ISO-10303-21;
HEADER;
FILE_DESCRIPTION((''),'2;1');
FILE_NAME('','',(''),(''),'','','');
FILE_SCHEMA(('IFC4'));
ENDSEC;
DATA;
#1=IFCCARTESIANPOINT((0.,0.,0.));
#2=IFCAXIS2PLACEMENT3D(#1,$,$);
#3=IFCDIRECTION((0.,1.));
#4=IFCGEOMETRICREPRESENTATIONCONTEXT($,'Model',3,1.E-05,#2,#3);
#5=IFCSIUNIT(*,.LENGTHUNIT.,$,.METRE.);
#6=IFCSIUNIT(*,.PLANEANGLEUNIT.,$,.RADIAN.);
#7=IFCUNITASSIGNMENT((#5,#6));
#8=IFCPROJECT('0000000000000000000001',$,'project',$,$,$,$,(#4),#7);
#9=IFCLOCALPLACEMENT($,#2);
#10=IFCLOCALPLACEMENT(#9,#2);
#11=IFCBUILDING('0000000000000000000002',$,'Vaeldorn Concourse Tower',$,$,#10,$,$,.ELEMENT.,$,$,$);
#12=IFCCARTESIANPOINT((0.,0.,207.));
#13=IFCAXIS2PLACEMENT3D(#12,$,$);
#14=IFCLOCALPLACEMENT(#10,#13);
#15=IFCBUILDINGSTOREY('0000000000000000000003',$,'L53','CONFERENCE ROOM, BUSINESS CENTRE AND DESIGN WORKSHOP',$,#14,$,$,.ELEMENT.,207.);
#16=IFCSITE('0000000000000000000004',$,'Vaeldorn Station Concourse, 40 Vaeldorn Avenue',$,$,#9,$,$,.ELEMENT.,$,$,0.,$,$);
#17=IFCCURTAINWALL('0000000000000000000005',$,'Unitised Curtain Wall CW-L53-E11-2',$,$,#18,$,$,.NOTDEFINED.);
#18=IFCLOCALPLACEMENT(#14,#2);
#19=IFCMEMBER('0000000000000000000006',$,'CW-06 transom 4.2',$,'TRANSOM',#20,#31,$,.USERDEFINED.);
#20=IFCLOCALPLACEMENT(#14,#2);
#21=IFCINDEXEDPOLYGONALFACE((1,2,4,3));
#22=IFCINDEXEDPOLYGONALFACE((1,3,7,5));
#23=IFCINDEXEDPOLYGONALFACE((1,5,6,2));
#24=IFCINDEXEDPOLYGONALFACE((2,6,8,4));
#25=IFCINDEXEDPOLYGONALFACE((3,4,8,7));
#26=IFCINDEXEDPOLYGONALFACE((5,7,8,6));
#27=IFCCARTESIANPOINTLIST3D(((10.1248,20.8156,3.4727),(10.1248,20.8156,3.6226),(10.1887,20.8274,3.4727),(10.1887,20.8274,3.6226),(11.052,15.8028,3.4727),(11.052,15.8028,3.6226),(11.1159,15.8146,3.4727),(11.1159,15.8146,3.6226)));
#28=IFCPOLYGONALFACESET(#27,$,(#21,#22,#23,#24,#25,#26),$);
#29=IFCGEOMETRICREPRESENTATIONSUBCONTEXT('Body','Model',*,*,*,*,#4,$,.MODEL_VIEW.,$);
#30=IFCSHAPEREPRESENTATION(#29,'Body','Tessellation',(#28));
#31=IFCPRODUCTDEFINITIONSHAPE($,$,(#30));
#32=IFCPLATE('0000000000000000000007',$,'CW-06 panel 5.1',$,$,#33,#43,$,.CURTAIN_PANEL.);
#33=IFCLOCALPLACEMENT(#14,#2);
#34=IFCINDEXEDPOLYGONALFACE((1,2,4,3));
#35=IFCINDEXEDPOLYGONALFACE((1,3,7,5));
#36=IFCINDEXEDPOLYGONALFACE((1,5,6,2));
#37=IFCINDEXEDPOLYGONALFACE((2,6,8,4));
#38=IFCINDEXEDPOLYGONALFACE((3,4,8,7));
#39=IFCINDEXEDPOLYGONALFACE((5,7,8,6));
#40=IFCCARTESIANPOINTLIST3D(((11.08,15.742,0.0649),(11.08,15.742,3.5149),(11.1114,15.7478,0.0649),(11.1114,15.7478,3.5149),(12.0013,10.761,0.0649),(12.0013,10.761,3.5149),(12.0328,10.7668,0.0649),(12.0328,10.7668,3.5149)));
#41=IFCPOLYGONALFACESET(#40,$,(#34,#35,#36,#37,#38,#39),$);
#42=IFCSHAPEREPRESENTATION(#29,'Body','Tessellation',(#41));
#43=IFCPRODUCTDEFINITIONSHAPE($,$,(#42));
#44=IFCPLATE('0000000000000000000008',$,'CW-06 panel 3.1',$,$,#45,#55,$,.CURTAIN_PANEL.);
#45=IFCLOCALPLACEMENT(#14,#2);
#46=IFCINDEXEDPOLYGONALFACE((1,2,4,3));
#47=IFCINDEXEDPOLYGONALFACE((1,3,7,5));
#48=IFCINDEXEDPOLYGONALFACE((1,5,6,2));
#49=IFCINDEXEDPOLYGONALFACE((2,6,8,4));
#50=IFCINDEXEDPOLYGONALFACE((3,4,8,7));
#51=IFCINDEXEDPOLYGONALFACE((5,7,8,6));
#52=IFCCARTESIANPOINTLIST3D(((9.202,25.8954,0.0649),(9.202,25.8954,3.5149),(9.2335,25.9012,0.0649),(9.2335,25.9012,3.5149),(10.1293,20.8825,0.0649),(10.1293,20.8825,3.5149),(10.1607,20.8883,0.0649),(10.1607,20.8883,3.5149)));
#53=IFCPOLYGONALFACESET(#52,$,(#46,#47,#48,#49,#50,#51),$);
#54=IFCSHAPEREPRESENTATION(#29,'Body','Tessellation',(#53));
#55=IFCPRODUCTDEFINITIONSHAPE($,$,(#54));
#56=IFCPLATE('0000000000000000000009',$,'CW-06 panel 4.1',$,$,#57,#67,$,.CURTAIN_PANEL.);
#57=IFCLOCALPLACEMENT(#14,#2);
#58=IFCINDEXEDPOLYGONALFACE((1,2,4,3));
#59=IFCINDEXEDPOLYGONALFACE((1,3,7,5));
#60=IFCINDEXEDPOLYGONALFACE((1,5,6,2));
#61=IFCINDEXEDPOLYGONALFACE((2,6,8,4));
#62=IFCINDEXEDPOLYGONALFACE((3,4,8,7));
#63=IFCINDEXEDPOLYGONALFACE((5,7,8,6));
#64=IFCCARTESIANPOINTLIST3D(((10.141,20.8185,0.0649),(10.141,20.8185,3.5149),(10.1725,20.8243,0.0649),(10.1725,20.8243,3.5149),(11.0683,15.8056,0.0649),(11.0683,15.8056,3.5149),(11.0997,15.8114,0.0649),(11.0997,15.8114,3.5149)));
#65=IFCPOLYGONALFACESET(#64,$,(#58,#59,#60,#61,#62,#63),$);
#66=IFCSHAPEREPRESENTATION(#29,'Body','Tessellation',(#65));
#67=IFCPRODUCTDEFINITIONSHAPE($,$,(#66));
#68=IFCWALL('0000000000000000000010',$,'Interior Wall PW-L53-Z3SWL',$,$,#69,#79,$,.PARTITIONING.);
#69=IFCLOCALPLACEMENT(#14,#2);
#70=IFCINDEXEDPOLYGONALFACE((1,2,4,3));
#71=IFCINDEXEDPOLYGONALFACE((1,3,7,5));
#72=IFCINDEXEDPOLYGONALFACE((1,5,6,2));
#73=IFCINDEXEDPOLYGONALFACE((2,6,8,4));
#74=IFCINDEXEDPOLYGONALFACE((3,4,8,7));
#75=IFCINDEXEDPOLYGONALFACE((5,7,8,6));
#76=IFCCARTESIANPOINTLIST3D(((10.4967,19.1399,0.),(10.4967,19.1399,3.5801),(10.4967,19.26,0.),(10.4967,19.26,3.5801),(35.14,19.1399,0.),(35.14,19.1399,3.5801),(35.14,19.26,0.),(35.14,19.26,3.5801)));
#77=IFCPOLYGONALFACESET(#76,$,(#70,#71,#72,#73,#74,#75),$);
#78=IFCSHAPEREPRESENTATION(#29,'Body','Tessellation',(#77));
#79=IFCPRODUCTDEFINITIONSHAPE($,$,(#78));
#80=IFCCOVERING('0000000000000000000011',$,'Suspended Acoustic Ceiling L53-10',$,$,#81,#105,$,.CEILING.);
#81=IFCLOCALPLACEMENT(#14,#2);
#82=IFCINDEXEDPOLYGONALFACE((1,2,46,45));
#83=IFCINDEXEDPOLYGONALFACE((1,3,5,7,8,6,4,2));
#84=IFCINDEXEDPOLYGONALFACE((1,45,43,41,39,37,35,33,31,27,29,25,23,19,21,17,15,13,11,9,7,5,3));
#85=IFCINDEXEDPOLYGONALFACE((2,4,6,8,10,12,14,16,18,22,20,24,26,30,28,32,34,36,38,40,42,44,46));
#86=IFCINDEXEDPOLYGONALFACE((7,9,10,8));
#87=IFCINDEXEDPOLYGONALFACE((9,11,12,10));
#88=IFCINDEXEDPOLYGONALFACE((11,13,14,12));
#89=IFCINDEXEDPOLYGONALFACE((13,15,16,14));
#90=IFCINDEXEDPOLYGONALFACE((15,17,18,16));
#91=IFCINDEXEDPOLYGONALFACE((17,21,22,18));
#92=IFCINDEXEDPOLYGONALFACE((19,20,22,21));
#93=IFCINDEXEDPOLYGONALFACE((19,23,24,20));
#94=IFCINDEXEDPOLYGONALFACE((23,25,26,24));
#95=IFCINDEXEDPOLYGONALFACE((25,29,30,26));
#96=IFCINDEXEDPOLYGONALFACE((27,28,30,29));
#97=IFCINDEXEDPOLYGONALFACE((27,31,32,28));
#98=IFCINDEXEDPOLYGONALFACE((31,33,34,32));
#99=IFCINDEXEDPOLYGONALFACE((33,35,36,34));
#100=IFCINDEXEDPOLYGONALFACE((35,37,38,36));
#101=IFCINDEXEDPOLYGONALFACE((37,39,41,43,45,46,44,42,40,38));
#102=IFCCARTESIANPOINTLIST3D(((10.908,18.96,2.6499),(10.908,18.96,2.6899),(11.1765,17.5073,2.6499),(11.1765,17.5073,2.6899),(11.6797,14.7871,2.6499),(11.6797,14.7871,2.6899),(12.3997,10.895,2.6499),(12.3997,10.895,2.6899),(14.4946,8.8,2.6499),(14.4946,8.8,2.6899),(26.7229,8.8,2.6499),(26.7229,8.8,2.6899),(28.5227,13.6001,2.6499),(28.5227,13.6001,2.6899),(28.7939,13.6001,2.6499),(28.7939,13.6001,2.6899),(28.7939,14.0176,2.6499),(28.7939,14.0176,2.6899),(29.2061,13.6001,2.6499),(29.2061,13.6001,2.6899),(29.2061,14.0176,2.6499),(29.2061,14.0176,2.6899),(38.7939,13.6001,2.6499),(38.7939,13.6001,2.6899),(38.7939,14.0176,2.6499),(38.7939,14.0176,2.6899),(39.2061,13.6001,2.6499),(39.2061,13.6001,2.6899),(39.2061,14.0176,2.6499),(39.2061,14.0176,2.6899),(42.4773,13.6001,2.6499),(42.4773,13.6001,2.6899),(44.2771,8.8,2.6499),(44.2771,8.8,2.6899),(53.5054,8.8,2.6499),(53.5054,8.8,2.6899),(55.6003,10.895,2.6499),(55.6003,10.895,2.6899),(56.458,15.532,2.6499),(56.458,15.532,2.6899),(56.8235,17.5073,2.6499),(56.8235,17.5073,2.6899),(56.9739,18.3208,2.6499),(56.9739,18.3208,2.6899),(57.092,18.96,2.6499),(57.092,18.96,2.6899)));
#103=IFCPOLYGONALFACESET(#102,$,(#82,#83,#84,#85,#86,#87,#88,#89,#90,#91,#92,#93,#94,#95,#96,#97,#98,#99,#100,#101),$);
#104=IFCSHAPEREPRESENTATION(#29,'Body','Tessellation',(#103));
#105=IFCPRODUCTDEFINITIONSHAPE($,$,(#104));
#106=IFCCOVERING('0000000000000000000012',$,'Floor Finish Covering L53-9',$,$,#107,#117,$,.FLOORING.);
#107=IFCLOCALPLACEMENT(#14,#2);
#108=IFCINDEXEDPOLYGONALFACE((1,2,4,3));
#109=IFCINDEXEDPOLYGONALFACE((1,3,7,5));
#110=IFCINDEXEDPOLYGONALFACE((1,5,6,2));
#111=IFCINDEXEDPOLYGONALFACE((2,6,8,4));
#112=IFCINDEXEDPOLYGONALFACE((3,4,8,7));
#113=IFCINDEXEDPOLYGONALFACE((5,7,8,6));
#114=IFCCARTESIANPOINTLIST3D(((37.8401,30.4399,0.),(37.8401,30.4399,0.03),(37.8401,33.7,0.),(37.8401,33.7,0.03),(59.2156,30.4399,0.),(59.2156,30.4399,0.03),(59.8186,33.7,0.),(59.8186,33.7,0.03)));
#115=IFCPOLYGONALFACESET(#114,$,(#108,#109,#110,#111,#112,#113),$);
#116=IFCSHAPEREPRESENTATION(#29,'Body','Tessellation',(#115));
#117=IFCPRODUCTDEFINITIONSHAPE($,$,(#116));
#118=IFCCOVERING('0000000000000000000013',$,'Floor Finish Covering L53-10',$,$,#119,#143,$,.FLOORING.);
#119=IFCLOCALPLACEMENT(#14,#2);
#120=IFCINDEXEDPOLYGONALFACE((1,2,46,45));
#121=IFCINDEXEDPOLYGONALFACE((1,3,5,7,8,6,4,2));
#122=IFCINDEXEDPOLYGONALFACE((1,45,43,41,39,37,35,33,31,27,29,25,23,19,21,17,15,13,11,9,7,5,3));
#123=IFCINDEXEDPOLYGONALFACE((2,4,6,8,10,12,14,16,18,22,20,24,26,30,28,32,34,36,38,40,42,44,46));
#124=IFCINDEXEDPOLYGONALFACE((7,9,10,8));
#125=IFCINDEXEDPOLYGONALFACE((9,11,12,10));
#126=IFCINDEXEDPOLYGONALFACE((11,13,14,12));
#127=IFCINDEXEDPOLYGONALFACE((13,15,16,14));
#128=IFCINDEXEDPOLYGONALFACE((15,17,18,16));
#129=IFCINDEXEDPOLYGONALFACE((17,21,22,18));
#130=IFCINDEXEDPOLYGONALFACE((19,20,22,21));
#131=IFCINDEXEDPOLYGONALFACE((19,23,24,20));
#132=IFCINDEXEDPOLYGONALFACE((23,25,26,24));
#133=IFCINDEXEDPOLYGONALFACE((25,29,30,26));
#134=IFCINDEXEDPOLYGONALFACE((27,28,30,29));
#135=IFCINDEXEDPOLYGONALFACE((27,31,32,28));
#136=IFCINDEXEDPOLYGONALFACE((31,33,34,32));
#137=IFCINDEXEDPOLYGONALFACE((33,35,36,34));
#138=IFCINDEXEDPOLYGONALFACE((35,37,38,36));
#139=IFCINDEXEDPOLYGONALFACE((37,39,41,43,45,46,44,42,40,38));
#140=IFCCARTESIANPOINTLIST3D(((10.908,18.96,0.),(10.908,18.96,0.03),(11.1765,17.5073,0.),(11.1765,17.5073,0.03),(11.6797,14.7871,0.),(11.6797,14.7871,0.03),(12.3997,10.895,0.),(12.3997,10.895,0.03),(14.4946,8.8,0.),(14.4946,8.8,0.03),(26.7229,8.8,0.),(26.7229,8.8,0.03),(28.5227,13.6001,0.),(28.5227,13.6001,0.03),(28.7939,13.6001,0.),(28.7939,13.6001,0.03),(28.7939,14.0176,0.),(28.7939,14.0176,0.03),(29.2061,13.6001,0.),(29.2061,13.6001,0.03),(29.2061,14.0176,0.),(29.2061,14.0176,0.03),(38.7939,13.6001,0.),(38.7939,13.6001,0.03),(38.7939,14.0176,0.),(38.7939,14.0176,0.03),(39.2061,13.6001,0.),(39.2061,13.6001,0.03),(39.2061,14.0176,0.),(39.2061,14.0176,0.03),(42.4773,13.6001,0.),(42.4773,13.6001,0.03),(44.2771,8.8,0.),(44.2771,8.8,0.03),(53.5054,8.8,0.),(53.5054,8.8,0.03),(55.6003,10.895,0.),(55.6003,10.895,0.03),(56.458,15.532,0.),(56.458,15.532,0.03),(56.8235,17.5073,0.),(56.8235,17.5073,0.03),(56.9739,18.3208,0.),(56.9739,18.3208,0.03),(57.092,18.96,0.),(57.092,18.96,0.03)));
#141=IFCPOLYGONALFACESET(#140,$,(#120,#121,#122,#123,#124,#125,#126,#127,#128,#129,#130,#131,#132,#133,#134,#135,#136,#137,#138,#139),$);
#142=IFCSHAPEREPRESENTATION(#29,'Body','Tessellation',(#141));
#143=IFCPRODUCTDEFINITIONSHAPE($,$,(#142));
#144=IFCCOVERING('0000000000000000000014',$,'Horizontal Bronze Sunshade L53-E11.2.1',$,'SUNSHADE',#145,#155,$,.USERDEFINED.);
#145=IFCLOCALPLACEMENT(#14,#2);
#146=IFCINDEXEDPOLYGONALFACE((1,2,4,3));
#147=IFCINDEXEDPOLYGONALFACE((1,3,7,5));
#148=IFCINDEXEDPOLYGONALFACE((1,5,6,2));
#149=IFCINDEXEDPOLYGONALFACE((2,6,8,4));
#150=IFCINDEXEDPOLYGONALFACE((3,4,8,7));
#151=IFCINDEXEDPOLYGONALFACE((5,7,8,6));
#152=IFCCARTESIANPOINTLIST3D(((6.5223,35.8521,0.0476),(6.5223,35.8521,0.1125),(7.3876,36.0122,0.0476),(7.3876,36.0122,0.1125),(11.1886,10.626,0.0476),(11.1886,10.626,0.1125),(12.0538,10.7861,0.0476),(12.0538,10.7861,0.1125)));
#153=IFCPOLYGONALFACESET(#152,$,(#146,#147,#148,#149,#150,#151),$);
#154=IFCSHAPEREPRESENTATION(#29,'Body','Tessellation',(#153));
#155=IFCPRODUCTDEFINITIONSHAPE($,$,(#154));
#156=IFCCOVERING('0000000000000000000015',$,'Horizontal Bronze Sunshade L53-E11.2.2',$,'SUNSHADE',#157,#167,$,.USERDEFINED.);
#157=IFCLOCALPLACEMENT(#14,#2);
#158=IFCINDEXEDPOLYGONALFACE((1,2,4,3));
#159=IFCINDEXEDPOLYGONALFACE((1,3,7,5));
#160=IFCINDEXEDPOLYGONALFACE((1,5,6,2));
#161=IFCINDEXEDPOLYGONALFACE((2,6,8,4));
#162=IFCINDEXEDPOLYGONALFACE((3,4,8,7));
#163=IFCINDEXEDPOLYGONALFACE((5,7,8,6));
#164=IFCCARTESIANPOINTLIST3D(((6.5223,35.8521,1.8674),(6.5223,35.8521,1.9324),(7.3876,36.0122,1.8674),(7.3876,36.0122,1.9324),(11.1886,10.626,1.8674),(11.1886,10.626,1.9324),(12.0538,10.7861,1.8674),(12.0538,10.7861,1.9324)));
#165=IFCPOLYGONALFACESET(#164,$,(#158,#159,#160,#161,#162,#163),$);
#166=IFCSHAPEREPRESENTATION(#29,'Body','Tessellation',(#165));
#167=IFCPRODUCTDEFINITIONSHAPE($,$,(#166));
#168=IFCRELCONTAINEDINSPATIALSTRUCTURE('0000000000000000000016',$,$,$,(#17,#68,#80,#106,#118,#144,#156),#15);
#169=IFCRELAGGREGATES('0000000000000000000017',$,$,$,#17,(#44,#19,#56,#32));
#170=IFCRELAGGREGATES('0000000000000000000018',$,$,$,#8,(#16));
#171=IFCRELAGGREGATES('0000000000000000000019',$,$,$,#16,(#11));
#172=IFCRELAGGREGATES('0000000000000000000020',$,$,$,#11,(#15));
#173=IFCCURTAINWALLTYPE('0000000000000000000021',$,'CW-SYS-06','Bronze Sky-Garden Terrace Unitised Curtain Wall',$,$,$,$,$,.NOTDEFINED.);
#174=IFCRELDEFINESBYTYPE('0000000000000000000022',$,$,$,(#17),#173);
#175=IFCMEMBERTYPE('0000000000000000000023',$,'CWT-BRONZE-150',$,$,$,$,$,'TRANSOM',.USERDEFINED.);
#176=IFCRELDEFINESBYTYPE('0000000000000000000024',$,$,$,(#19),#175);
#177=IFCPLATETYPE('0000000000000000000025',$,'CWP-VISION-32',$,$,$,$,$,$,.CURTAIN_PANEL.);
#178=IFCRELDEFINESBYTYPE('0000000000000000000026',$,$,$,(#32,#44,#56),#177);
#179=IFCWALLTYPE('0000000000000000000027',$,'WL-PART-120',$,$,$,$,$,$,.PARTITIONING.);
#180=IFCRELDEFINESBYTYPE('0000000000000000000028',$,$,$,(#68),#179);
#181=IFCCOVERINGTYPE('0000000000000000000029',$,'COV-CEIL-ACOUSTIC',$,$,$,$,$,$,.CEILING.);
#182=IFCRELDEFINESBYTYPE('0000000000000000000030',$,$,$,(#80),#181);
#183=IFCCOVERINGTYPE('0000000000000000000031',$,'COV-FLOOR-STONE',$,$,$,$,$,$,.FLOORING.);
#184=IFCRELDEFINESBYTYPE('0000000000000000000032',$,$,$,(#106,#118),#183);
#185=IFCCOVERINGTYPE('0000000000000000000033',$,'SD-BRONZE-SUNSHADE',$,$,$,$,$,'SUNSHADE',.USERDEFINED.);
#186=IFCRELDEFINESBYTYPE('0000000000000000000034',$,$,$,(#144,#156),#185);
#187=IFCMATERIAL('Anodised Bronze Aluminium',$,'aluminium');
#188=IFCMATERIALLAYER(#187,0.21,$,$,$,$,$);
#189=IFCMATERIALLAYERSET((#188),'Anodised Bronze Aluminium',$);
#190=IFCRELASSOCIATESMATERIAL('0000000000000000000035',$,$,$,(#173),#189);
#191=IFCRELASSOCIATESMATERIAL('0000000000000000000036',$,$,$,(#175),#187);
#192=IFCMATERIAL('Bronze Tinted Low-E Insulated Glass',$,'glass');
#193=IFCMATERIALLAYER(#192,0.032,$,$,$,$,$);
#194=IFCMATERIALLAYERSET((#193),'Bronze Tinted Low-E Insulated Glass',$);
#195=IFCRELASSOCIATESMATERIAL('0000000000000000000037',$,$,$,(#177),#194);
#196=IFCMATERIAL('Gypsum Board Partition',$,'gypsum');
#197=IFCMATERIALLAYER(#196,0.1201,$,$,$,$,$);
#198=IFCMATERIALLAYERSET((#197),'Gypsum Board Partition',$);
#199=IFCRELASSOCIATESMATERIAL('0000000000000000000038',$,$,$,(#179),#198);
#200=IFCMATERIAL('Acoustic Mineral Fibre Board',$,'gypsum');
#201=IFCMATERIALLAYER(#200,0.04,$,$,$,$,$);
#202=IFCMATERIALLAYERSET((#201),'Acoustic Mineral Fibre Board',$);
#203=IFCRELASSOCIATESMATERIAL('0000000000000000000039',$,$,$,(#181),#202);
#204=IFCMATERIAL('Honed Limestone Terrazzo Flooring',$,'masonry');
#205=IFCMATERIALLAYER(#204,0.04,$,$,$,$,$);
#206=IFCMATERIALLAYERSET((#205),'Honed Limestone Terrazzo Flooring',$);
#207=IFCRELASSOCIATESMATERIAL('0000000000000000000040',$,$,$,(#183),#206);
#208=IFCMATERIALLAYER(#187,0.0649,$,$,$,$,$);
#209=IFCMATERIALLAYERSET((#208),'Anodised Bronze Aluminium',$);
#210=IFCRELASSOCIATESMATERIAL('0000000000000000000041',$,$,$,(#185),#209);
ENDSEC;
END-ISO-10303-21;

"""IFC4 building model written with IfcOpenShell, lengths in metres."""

from ifc_helpers import new_model, si_unit, direction, frame, frame_2d, origin, origin_2d, place, context, subcontext, project, spatial, polyline, rectangle, outline, extrude, source, transform, mapped, material, layer, layer_set, material_profile, profile_set, type_object, element, aggregate, save


model = new_model("IFC4")

# Units and contexts
model_context = context("Model", 3, precision=1e-05, world=origin(), true_north=direction((0.0, 1.0)))
body_context = subcontext(model_context, "Body", "Model", "MODEL_VIEW")
ifc_project = project(units=[si_unit("LENGTHUNIT", "METRE"), si_unit("PLANEANGLEUNIT", "RADIAN")], contexts=[model_context])

# Site, building, storey
site_placement = place(None, origin())
site = spatial("IfcSite", under=ifc_project, at=site_placement, Name="Vaeldorn Station Concourse, 40 Vaeldorn Avenue", CompositionType="ELEMENT", RefElevation=0.0)
building_placement = place(site_placement, origin())
building = spatial("IfcBuilding", under=site, at=building_placement, Name="Vaeldorn Concourse Tower", CompositionType="ELEMENT")
storey_placement = place(building_placement, frame((0.0, 0.0, 207.0)))
storey = spatial("IfcBuildingStorey", under=building, at=storey_placement, Name="L53", Description="CONFERENCE ROOM, BUSINESS CENTRE AND DESIGN WORKSHOP", CompositionType="ELEMENT", Elevation=207.0)

# Curtain wall
ifc_material_1 = material(Name="Anodised Bronze Aluminium", Category="aluminium")
ifc_layer_1 = layer(ifc_material_1, 0.21)
ifc_layer_set_1 = layer_set([ifc_layer_1], Name="Anodised Bronze Aluminium")
curtain_wall_type = type_object("IfcCurtainWallType", Name="CW-SYS-06", Description="Bronze Sky-Garden Terrace Unitised Curtain Wall", PredefinedType="NOTDEFINED", material=ifc_layer_set_1)
curtain_wall_1_placement = place(storey_placement, origin())
curtain_wall_1 = element("IfcCurtainWall", 1, at=curtain_wall_1_placement, inside=storey, type_object=curtain_wall_type, Name="Unitised Curtain Wall CW-L53-E11-2", PredefinedType="NOTDEFINED")

# Member
ifc_material_profile_1 = material_profile(ifc_material_1, rectangle(XDim=0.0649, YDim=0.1499, at=origin_2d()), Name="CWT 65x150")
ifc_profile_set_1 = profile_set([ifc_material_profile_1], Name="Anodised Bronze Aluminium")
member_type_1 = type_object("IfcMemberType", Name="CWT-BRONZE-150", ElementType="TRANSOM", PredefinedType="USERDEFINED", material=ifc_profile_set_1)
shared_shape_1 = source(origin(), body_context, "Body", "SweptSolid", [
    extrude(rectangle(XDim=0.0649, YDim=0.1499, at=origin_2d()), origin(), (0.0, 0.0, 1.0), 5.0979),
])
member_1_placement = place(storey_placement, frame((10.1567, 20.8215, 3.5476), z_axis=(0.181885, -0.98332, 0.0), x_axis=(0.98332, 0.181885, 0.0)))
member_1 = element("IfcMember", 2, at=member_1_placement, type_object=member_type_1, Name="CW-06 transom 4.2", ObjectType="TRANSOM", PredefinedType="USERDEFINED", context=body_context, shape_type="MappedRepresentation", body=[
    mapped(shared_shape_1, transform((0.0, 0.0, 0.0), scale=1.0)),
])

# Plates
ifc_material_2 = material(Name="Bronze Tinted Low-E Insulated Glass", Category="glass")
ifc_layer_2 = layer(ifc_material_2, 0.032)
ifc_layer_set_2 = layer_set([ifc_layer_2], Name="Bronze Tinted Low-E Insulated Glass")
plate_type = type_object("IfcPlateType", Name="CWP-VISION-32", PredefinedType="CURTAIN_PANEL", material=ifc_layer_set_2)
shared_shape_2 = source(origin(), body_context, "Body", "SweptSolid", [
    extrude(rectangle(XDim=5.0654, YDim=0.032, at=origin_2d()), origin(), (0.0, 0.0, 1.0), 3.45),
])
plate_1_placement = place(storey_placement, frame((11.5564, 13.2544, 0.0649), z_axis=(0.0, 0.0, 1.0), x_axis=(0.181889, -0.983319, 0.0)))
plate_1 = element("IfcPlate", 3, at=plate_1_placement, type_object=plate_type, Name="CW-06 panel 5.1", PredefinedType="CURTAIN_PANEL", context=body_context, shape_type="MappedRepresentation", body=[
    mapped(shared_shape_2, transform((0.0, 0.0, 0.0), scale=1.0)),
])
shared_shape_3 = source(origin(), body_context, "Body", "SweptSolid", [
    extrude(rectangle(XDim=5.0979, YDim=0.032, at=origin_2d()), origin(), (0.0, 0.0, 1.0), 3.45),
])
plate_2_placement = place(storey_placement, frame((9.6814, 23.3918, 0.0649), z_axis=(0.0, 0.0, 1.0), x_axis=(0.181889, -0.983319, 0.0)))
plate_2 = element("IfcPlate", 4, at=plate_2_placement, type_object=plate_type, Name="CW-06 panel 3.1", PredefinedType="CURTAIN_PANEL", context=body_context, shape_type="MappedRepresentation", body=[
    mapped(shared_shape_3, transform((0.0, 0.0, 0.0), scale=1.0)),
])
plate_3_placement = place(storey_placement, frame((10.6204, 18.3149, 0.0649), z_axis=(0.0, 0.0, 1.0), x_axis=(0.181889, -0.983319, 0.0)))
plate_3 = element("IfcPlate", 5, at=plate_3_placement, type_object=plate_type, Name="CW-06 panel 4.1", PredefinedType="CURTAIN_PANEL", context=body_context, shape_type="MappedRepresentation", body=[
    mapped(shared_shape_3, transform((0.0, 0.0, 0.0), scale=1.0)),
])
aggregate(curtain_wall_1, [plate_2, member_1, plate_3, plate_1])

# Wall
ifc_material_3 = material(Name="Gypsum Board Partition", Category="gypsum")
ifc_layer_3 = layer(ifc_material_3, 0.1201)
ifc_layer_set_3 = layer_set([ifc_layer_3], Name="Gypsum Board Partition")
wall_type = type_object("IfcWallType", Name="WL-PART-120", PredefinedType="PARTITIONING", material=ifc_layer_set_3)
wall_placement = place(storey_placement, frame((10.4966, 19.2, 0.0), z_axis=(0.0, 0.0, 1.0), x_axis=(1.0, 0.0, 0.0)))
element("IfcWall", 6, at=wall_placement, inside=storey, type_object=wall_type, Name="Interior Wall PW-L53-Z3SWL", PredefinedType="PARTITIONING", context=body_context, shape_type="SweptSolid", body=[
    extrude(rectangle(XDim=24.6433, YDim=0.1201, at=frame_2d((12.3218, 0.0))), origin(), (0.0, 0.0, 1.0), 3.5801),
])

# Coverings
ifc_material_4 = material(Name="Acoustic Mineral Fibre Board", Category="gypsum")
ifc_layer_4 = layer(ifc_material_4, 0.04)
ifc_layer_set_4 = layer_set([ifc_layer_4], Name="Acoustic Mineral Fibre Board")
covering_type_1 = type_object("IfcCoveringType", Name="COV-CEIL-ACOUSTIC", PredefinedType="CEILING", material=ifc_layer_set_4)
covering_1_placement = place(storey_placement, frame((0.0, 0.0, 2.6499)))
element("IfcCovering", 7, at=covering_1_placement, inside=storey, type_object=covering_type_1, Name="Suspended Acoustic Ceiling L53-10", PredefinedType="CEILING", context=body_context, shape_type="SweptSolid", body=[
    extrude(outline(polyline([(57.092, 18.96), (56.9739, 18.3208), (56.8235, 17.5073), (56.458, 15.532), (56.458, 15.532), (55.6003, 10.895), (53.5054, 8.8), (44.2771, 8.8), (42.4773, 13.6001), (39.2061, 13.6001), (39.2061, 14.0176), (38.7939, 14.0176), (38.7939, 13.6001), (29.2061, 13.6001), (29.2061, 14.0176), (28.7939, 14.0176), (28.7939, 13.6001), (28.5227, 13.6001), (26.7229, 8.8), (14.4946, 8.8), (12.3997, 10.895), (11.6797, 14.7871), (11.1765, 17.5073), (10.908, 18.96), (57.092, 18.96)])), origin(), (0.0, 0.0, 1.0), 0.04),
])
ifc_material_5 = material(Name="Honed Limestone Terrazzo Flooring", Category="masonry")
ifc_layer_5 = layer(ifc_material_5, 0.04)
ifc_layer_set_5 = layer_set([ifc_layer_5], Name="Honed Limestone Terrazzo Flooring")
covering_type_2 = type_object("IfcCoveringType", Name="COV-FLOOR-STONE", PredefinedType="FLOORING", material=ifc_layer_set_5)
covering_2_placement = place(storey_placement, origin())
element("IfcCovering", 8, at=covering_2_placement, inside=storey, type_object=covering_type_2, Name="Floor Finish Covering L53-9", PredefinedType="FLOORING", context=body_context, shape_type="SweptSolid", body=[
    extrude(outline(polyline([(37.8401, 30.4399), (37.8401, 33.7), (59.8186, 33.7), (59.2156, 30.4399), (37.8401, 30.4399)])), origin(), (0.0, 0.0, 1.0), 0.03),
])
covering_3_placement = place(storey_placement, origin())
element("IfcCovering", 9, at=covering_3_placement, inside=storey, type_object=covering_type_2, Name="Floor Finish Covering L53-10", PredefinedType="FLOORING", context=body_context, shape_type="SweptSolid", body=[
    extrude(outline(polyline([(57.092, 18.96), (56.9739, 18.3208), (56.8235, 17.5073), (56.458, 15.532), (56.458, 15.532), (55.6003, 10.895), (53.5054, 8.8), (44.2771, 8.8), (42.4773, 13.6001), (39.2061, 13.6001), (39.2061, 14.0176), (38.7939, 14.0176), (38.7939, 13.6001), (29.2061, 13.6001), (29.2061, 14.0176), (28.7939, 14.0176), (28.7939, 13.6001), (28.5227, 13.6001), (26.7229, 8.8), (14.4946, 8.8), (12.3997, 10.895), (11.6797, 14.7871), (11.1765, 17.5073), (10.908, 18.96), (57.092, 18.96)])), origin(), (0.0, 0.0, 1.0), 0.03),
])
ifc_layer_6 = layer(ifc_material_1, 0.0649)
ifc_layer_set_6 = layer_set([ifc_layer_6], Name="Anodised Bronze Aluminium")
covering_type_3 = type_object("IfcCoveringType", Name="SD-BRONZE-SUNSHADE", ElementType="SUNSHADE", PredefinedType="USERDEFINED", material=ifc_layer_set_6)
shared_shape_4 = source(origin(), body_context, "Body", "SweptSolid", [
    extrude(rectangle(XDim=25.6541, YDim=0.8799, at=origin_2d()), origin(), (0.0, 0.0, 1.0), 0.0649),
])
for number, where, z_axis, x_axis, name in (
    (10, (9.2881, 23.3191, 0.0476), (0.0, 0.0, 1.0), (0.181892, -0.983318, 0.0), "Horizontal Bronze Sunshade L53-E11.2.1"),
    (11, (9.2881, 23.3191, 1.8674), (0.0, 0.0, 1.0), (0.181892, -0.983318, 0.0), "Horizontal Bronze Sunshade L53-E11.2.2"),
):
    element("IfcCovering", number, at=place(storey_placement, frame(where, z_axis=z_axis, x_axis=x_axis)), inside=storey, type_object=covering_type_3, Name=name, ObjectType="SUNSHADE", PredefinedType="USERDEFINED", context=body_context, shape_type="MappedRepresentation", body=[
        mapped(shared_shape_4, transform((0.0, 0.0, 0.0), scale=1.0)),
    ])

save(model, "model.ifc")
